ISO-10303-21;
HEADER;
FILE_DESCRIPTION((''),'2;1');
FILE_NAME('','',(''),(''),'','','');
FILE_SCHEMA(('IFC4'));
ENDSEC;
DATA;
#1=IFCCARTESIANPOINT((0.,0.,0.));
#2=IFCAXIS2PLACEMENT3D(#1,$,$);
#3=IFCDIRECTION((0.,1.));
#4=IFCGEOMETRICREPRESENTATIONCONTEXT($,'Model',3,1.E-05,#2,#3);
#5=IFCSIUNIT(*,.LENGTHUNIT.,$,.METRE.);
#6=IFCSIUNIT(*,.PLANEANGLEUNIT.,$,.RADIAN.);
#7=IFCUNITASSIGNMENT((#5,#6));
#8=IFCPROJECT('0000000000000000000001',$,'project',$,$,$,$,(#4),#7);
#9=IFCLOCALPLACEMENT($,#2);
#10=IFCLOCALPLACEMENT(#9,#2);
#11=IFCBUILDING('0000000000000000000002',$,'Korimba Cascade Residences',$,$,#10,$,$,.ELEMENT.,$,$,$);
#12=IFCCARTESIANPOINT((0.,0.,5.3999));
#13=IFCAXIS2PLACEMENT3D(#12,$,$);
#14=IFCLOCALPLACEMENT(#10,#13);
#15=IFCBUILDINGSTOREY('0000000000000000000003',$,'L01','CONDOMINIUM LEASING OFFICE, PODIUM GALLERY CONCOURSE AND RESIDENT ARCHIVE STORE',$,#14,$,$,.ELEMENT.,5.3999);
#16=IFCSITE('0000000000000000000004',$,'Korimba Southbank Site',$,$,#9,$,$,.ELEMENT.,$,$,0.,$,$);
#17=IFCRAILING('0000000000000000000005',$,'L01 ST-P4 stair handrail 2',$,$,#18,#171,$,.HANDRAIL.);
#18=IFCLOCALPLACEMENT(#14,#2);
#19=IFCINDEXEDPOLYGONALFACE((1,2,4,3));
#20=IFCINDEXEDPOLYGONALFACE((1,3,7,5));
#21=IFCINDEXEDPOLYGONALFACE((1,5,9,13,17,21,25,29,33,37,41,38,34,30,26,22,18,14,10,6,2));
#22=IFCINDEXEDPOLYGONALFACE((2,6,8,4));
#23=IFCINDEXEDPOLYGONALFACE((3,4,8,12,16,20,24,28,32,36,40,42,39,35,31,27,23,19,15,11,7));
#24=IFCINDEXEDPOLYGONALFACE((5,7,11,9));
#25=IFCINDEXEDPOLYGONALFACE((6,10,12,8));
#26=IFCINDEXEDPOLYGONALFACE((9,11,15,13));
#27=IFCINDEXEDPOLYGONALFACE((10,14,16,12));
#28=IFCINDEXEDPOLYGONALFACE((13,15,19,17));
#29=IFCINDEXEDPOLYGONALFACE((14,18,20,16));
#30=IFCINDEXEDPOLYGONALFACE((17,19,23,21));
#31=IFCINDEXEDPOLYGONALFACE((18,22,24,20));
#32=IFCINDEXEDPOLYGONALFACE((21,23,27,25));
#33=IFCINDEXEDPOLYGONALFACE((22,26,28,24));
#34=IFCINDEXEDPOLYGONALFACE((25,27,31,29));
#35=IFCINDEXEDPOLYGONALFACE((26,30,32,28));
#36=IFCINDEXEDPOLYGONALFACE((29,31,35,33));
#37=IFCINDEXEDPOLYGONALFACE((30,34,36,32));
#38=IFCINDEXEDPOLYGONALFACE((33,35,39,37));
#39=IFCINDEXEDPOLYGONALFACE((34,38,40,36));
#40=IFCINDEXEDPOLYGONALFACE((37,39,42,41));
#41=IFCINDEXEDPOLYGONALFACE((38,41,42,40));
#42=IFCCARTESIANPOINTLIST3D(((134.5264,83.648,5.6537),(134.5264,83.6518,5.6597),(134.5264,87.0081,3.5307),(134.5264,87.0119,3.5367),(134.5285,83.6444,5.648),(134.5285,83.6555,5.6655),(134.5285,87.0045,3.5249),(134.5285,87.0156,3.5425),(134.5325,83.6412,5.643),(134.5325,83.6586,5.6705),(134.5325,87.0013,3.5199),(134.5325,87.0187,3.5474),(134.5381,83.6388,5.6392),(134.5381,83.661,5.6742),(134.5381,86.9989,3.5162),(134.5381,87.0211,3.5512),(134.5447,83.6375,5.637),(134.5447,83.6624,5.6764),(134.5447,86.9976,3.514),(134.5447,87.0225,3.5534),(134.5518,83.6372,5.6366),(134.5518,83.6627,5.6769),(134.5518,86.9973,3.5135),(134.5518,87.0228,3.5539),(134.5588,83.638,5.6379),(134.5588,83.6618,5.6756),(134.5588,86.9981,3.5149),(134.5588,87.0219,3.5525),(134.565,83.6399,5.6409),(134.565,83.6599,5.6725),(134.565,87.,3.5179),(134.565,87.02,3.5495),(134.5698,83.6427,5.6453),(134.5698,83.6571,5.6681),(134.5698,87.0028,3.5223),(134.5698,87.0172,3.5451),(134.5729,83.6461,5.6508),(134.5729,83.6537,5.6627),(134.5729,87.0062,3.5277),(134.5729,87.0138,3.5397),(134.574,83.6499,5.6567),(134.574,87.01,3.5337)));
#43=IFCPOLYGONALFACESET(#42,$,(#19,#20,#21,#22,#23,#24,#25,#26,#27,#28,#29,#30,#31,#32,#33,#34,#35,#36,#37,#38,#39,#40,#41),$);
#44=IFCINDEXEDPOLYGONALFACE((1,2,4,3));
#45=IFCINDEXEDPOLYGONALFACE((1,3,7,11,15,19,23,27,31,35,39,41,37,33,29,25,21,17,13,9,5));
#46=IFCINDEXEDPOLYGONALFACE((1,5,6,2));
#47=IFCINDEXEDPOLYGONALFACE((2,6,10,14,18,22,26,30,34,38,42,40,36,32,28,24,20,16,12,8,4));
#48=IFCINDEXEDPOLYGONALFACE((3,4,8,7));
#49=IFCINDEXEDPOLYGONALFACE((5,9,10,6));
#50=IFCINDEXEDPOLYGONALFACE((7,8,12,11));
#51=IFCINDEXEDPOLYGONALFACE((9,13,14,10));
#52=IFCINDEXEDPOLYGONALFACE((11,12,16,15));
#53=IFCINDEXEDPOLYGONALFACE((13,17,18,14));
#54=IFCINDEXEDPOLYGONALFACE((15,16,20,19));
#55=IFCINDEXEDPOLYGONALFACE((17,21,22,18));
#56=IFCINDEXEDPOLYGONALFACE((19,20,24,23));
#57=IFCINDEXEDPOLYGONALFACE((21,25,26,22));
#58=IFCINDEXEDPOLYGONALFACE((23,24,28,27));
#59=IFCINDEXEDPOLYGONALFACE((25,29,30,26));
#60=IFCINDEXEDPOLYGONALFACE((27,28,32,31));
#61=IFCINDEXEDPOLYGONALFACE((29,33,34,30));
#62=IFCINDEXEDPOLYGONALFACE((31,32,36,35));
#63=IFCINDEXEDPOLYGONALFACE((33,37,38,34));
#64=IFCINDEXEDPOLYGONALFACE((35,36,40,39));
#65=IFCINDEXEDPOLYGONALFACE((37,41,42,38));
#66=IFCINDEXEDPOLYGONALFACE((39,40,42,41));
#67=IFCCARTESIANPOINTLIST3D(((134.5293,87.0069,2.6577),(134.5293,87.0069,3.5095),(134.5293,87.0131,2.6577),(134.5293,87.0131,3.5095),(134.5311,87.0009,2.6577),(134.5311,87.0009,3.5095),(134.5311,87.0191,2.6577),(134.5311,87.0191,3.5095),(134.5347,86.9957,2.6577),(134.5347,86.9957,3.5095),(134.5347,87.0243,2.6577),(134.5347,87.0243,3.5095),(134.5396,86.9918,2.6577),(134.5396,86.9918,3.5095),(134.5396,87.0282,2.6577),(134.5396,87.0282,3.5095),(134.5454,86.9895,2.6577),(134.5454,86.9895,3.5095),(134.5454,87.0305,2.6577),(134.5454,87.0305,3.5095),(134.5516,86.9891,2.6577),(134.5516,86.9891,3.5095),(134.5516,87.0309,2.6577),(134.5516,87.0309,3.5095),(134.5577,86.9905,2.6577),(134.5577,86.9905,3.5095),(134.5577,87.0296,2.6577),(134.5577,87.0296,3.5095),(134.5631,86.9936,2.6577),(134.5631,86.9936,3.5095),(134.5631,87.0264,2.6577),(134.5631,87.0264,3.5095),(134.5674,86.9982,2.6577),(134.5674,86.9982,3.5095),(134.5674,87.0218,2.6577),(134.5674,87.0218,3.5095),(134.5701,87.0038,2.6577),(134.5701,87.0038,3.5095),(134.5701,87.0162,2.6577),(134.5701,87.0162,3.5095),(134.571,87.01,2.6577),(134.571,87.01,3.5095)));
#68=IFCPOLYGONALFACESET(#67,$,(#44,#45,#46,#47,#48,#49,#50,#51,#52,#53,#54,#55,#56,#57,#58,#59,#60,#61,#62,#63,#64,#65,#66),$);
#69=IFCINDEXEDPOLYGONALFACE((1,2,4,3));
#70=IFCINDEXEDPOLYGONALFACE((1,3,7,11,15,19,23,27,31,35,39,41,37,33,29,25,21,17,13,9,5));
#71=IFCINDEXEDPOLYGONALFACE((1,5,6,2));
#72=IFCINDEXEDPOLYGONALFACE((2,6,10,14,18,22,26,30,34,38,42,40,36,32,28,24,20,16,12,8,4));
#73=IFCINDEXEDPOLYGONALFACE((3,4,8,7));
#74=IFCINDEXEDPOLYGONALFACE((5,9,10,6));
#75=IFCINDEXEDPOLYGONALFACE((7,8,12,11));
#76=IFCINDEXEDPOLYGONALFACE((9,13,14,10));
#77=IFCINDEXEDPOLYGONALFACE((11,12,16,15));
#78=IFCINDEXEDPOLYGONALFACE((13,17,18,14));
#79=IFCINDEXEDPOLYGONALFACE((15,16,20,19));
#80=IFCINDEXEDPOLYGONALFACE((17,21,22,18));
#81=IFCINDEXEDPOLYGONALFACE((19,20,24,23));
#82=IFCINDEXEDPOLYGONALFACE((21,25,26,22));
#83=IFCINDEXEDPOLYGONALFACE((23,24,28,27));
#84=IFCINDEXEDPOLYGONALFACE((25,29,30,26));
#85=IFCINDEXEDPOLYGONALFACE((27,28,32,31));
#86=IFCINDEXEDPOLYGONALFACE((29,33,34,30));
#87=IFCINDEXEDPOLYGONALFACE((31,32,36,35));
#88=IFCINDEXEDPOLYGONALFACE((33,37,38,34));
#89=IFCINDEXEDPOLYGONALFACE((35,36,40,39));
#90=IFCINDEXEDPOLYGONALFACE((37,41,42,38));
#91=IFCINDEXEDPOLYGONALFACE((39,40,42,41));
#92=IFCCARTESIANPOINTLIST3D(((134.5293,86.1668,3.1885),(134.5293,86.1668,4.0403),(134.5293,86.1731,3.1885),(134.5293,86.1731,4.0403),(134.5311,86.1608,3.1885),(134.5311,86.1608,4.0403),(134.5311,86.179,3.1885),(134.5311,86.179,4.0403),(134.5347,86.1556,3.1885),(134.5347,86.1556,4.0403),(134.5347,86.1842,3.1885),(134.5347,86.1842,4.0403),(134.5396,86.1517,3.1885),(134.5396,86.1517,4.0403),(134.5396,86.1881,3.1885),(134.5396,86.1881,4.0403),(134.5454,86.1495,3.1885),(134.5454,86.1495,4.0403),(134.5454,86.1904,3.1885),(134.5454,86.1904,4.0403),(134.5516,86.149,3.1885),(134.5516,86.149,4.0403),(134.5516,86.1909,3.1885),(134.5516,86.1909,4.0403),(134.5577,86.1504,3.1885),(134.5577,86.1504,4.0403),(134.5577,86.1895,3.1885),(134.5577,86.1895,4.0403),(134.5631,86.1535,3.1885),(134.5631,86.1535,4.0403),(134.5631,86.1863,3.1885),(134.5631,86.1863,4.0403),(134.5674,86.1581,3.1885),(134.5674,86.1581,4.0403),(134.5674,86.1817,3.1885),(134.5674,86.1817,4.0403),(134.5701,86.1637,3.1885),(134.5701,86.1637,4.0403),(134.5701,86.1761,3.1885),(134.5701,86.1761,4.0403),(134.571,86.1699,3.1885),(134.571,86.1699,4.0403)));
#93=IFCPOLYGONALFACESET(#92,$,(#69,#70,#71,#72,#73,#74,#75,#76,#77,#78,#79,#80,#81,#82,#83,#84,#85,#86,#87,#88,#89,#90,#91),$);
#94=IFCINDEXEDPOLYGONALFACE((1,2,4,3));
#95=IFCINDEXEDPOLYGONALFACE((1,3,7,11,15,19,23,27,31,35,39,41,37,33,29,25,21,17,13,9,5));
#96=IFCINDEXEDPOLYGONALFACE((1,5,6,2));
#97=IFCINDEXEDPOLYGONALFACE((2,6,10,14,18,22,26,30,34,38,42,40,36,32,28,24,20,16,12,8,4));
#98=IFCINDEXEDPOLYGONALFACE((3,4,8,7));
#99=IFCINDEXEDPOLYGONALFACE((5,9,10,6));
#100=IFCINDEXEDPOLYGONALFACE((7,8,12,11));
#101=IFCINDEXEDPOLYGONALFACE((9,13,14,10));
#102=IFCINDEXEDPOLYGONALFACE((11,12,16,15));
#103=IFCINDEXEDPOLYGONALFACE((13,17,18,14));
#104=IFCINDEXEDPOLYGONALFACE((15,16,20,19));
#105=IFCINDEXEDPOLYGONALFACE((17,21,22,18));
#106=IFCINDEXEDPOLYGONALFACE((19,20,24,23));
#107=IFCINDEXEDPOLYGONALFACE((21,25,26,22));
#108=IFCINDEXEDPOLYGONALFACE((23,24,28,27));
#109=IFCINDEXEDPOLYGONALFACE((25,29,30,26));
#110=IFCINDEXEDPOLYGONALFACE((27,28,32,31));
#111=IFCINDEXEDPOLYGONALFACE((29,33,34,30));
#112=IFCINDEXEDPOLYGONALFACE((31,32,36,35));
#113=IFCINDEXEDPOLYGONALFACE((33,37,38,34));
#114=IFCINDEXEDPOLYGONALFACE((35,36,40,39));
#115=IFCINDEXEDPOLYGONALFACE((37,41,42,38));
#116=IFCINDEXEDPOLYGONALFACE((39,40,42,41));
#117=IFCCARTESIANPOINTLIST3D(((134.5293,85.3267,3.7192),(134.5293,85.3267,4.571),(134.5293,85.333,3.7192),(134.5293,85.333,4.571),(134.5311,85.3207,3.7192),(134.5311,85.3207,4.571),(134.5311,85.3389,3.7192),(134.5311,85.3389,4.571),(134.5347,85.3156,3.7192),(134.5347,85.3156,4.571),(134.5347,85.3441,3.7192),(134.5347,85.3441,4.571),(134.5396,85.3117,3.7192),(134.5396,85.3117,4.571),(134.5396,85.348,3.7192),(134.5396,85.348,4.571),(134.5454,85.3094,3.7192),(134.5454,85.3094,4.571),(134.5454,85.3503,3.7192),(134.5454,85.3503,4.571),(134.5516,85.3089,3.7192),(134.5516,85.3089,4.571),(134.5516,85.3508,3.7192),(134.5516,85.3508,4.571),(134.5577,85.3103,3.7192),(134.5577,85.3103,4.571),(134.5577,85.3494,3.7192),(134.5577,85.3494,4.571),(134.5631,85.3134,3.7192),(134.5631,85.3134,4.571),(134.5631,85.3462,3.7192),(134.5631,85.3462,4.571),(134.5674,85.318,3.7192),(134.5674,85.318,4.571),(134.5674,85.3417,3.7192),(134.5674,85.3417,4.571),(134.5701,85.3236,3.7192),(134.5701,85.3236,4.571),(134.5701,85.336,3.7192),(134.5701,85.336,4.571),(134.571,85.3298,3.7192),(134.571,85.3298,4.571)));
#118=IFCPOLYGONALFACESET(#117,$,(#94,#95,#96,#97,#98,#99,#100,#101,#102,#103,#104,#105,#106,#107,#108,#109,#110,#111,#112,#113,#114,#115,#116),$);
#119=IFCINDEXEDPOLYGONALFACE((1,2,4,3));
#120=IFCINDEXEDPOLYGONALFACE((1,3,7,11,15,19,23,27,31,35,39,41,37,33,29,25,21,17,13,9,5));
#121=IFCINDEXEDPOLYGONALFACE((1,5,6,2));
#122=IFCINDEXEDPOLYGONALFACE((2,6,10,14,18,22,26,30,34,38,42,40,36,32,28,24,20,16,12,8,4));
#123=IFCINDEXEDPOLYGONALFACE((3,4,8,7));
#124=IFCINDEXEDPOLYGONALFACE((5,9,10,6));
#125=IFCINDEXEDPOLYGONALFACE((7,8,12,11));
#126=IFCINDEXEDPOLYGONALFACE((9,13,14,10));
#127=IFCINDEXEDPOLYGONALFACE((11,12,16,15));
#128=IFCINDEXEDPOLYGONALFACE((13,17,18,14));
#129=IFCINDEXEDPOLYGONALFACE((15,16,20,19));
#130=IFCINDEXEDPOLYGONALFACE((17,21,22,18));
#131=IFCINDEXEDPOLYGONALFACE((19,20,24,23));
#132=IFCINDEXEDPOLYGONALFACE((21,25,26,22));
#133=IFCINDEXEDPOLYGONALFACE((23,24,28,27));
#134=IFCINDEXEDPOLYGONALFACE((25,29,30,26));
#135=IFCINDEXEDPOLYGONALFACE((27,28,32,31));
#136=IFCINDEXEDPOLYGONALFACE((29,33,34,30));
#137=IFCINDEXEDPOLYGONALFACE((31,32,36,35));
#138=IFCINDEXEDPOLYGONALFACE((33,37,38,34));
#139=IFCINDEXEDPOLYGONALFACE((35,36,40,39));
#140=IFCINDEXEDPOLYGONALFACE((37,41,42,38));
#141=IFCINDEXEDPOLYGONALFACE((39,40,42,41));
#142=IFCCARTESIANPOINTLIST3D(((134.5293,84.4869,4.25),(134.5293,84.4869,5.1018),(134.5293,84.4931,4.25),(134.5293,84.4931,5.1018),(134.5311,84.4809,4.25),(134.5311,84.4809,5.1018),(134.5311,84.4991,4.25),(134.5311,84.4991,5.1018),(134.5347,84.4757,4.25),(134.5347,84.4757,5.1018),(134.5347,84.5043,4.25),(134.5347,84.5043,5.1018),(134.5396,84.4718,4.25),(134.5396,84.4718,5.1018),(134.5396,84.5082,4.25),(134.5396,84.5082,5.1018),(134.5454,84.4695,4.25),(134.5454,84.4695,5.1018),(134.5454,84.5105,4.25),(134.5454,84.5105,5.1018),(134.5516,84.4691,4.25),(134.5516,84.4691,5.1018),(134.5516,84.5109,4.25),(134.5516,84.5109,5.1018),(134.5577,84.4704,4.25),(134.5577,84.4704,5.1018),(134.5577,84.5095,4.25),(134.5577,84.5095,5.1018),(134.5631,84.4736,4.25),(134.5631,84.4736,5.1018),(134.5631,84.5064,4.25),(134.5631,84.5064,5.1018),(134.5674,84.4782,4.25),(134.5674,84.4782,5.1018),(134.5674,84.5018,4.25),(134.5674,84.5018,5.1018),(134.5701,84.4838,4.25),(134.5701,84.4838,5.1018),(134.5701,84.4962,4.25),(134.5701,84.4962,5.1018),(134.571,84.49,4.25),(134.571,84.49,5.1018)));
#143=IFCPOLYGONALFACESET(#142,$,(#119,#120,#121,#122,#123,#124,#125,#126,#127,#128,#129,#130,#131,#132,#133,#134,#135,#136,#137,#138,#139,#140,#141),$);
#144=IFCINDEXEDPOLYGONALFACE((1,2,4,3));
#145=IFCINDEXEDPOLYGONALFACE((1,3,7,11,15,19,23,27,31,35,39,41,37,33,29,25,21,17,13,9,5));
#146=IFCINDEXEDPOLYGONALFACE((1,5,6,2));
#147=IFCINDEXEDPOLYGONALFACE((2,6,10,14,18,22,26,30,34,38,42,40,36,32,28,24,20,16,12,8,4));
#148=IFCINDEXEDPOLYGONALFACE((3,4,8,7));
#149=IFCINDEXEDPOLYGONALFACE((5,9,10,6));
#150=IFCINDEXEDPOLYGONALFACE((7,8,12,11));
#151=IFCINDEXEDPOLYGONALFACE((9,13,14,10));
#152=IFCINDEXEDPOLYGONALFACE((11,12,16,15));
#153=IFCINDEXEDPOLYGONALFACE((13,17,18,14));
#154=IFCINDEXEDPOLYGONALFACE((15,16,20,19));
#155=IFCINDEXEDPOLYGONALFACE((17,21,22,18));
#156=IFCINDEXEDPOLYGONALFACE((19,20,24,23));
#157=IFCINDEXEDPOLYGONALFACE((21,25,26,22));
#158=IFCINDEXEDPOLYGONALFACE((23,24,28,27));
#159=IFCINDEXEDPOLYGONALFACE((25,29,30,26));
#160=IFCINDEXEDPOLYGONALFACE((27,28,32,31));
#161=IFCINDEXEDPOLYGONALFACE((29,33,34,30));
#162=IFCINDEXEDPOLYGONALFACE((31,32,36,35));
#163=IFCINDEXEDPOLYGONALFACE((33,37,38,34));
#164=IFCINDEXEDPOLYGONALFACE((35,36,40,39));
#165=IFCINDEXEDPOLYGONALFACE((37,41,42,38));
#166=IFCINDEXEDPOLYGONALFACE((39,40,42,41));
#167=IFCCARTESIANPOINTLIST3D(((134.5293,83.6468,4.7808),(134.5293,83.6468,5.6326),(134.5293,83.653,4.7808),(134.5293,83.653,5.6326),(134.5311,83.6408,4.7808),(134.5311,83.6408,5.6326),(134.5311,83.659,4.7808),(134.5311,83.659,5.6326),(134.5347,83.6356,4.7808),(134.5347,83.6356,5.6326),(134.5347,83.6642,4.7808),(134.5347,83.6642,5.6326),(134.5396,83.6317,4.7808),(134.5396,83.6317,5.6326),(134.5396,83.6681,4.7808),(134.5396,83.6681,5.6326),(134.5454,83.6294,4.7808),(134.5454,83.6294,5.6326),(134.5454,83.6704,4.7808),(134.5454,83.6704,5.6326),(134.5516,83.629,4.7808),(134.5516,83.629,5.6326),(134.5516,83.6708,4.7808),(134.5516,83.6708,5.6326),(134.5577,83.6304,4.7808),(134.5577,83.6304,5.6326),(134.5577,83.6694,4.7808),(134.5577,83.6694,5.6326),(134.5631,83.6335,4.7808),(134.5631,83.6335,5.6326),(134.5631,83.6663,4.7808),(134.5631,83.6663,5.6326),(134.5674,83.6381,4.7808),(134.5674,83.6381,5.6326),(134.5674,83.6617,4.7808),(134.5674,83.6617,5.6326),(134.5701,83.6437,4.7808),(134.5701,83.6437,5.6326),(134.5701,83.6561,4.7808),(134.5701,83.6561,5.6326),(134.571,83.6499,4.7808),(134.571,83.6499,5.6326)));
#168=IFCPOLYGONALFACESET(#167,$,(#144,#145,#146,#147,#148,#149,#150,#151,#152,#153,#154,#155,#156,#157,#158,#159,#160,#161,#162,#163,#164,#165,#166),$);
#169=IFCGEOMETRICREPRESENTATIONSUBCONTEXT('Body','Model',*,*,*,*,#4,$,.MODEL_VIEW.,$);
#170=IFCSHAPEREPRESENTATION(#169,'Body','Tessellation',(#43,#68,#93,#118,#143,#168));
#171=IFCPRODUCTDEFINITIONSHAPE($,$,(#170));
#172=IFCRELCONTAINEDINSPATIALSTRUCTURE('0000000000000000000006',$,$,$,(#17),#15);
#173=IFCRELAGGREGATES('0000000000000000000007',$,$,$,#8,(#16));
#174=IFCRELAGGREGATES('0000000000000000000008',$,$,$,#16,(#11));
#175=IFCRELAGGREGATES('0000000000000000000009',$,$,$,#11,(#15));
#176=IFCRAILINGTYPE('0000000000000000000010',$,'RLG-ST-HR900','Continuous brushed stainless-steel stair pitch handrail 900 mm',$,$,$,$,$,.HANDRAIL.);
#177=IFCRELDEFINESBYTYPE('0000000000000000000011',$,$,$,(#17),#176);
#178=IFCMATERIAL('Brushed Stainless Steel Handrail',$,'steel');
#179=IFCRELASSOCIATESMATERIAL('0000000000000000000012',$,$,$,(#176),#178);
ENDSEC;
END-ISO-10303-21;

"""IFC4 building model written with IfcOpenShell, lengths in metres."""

from ifc_helpers import new_model, si_unit, direction, frame, origin, origin_2d, place, context, subcontext, project, spatial, circle, extrude, material, type_object, element, save


model = new_model("IFC4")

# Units and contexts
model_context = context("Model", 3, precision=1e-05, world=origin(), true_north=direction((0.0, 1.0)))
body_context = subcontext(model_context, "Body", "Model", "MODEL_VIEW")
ifc_project = project(units=[si_unit("LENGTHUNIT", "METRE"), si_unit("PLANEANGLEUNIT", "RADIAN")], contexts=[model_context])

# Site, building, storey
site_placement = place(None, origin())
site = spatial("IfcSite", under=ifc_project, at=site_placement, Name="Korimba Southbank Site", CompositionType="ELEMENT", RefElevation=0.0)
building_placement = place(site_placement, origin())
building = spatial("IfcBuilding", under=site, at=building_placement, Name="Korimba Cascade Residences", CompositionType="ELEMENT")
storey_placement = place(building_placement, frame((0.0, 0.0, 5.3999)))
storey = spatial("IfcBuildingStorey", under=building, at=storey_placement, Name="L01", Description="CONDOMINIUM LEASING OFFICE, PODIUM GALLERY CONCOURSE AND RESIDENT ARCHIVE STORE", CompositionType="ELEMENT", Elevation=5.3999)

# Railing
ifc_material_1 = material(Name="Brushed Stainless Steel Handrail", Category="steel")
railing_type_1 = type_object("IfcRailingType", Name="RLG-ST-HR900", Description="Continuous brushed stainless-steel stair pitch handrail 900 mm", PredefinedType="HANDRAIL", material=ifc_material_1)
railing_1_placement = place(storey_placement, frame((134.55, 87.01, 2.6577)))
element("IfcRailing", 1, at=railing_1_placement, inside=storey, type_object=railing_type_1, Name="L01 ST-P4 stair handrail 2", PredefinedType="HANDRAIL", context=body_context, shape_type="SweptSolid", body=[
    extrude(circle(Radius=0.0239, at=origin_2d()), frame((0.0, 0.0, 0.876), z_axis=(0.0, -0.84539, 0.53415), x_axis=(1.0, 0.0, 0.0)), (0.0, 0.0, 1.0), 3.9746),
    extrude(circle(Radius=0.021, at=origin_2d()), origin(), (0.0, 0.0, 1.0), 0.8518),
    extrude(circle(Radius=0.021, at=origin_2d()), frame((0.0, -0.8401, 0.5308)), (0.0, 0.0, 1.0), 0.8518),
    extrude(circle(Radius=0.021, at=origin_2d()), frame((0.0, -1.6802, 1.0615)), (0.0, 0.0, 1.0), 0.8518),
    extrude(circle(Radius=0.021, at=origin_2d()), frame((0.0, -2.52, 1.5923)), (0.0, 0.0, 1.0), 0.8518),
    extrude(circle(Radius=0.021, at=origin_2d()), frame((0.0, -3.3601, 2.123)), (0.0, 0.0, 1.0), 0.8518),
])

save(model, "model.ifc")
